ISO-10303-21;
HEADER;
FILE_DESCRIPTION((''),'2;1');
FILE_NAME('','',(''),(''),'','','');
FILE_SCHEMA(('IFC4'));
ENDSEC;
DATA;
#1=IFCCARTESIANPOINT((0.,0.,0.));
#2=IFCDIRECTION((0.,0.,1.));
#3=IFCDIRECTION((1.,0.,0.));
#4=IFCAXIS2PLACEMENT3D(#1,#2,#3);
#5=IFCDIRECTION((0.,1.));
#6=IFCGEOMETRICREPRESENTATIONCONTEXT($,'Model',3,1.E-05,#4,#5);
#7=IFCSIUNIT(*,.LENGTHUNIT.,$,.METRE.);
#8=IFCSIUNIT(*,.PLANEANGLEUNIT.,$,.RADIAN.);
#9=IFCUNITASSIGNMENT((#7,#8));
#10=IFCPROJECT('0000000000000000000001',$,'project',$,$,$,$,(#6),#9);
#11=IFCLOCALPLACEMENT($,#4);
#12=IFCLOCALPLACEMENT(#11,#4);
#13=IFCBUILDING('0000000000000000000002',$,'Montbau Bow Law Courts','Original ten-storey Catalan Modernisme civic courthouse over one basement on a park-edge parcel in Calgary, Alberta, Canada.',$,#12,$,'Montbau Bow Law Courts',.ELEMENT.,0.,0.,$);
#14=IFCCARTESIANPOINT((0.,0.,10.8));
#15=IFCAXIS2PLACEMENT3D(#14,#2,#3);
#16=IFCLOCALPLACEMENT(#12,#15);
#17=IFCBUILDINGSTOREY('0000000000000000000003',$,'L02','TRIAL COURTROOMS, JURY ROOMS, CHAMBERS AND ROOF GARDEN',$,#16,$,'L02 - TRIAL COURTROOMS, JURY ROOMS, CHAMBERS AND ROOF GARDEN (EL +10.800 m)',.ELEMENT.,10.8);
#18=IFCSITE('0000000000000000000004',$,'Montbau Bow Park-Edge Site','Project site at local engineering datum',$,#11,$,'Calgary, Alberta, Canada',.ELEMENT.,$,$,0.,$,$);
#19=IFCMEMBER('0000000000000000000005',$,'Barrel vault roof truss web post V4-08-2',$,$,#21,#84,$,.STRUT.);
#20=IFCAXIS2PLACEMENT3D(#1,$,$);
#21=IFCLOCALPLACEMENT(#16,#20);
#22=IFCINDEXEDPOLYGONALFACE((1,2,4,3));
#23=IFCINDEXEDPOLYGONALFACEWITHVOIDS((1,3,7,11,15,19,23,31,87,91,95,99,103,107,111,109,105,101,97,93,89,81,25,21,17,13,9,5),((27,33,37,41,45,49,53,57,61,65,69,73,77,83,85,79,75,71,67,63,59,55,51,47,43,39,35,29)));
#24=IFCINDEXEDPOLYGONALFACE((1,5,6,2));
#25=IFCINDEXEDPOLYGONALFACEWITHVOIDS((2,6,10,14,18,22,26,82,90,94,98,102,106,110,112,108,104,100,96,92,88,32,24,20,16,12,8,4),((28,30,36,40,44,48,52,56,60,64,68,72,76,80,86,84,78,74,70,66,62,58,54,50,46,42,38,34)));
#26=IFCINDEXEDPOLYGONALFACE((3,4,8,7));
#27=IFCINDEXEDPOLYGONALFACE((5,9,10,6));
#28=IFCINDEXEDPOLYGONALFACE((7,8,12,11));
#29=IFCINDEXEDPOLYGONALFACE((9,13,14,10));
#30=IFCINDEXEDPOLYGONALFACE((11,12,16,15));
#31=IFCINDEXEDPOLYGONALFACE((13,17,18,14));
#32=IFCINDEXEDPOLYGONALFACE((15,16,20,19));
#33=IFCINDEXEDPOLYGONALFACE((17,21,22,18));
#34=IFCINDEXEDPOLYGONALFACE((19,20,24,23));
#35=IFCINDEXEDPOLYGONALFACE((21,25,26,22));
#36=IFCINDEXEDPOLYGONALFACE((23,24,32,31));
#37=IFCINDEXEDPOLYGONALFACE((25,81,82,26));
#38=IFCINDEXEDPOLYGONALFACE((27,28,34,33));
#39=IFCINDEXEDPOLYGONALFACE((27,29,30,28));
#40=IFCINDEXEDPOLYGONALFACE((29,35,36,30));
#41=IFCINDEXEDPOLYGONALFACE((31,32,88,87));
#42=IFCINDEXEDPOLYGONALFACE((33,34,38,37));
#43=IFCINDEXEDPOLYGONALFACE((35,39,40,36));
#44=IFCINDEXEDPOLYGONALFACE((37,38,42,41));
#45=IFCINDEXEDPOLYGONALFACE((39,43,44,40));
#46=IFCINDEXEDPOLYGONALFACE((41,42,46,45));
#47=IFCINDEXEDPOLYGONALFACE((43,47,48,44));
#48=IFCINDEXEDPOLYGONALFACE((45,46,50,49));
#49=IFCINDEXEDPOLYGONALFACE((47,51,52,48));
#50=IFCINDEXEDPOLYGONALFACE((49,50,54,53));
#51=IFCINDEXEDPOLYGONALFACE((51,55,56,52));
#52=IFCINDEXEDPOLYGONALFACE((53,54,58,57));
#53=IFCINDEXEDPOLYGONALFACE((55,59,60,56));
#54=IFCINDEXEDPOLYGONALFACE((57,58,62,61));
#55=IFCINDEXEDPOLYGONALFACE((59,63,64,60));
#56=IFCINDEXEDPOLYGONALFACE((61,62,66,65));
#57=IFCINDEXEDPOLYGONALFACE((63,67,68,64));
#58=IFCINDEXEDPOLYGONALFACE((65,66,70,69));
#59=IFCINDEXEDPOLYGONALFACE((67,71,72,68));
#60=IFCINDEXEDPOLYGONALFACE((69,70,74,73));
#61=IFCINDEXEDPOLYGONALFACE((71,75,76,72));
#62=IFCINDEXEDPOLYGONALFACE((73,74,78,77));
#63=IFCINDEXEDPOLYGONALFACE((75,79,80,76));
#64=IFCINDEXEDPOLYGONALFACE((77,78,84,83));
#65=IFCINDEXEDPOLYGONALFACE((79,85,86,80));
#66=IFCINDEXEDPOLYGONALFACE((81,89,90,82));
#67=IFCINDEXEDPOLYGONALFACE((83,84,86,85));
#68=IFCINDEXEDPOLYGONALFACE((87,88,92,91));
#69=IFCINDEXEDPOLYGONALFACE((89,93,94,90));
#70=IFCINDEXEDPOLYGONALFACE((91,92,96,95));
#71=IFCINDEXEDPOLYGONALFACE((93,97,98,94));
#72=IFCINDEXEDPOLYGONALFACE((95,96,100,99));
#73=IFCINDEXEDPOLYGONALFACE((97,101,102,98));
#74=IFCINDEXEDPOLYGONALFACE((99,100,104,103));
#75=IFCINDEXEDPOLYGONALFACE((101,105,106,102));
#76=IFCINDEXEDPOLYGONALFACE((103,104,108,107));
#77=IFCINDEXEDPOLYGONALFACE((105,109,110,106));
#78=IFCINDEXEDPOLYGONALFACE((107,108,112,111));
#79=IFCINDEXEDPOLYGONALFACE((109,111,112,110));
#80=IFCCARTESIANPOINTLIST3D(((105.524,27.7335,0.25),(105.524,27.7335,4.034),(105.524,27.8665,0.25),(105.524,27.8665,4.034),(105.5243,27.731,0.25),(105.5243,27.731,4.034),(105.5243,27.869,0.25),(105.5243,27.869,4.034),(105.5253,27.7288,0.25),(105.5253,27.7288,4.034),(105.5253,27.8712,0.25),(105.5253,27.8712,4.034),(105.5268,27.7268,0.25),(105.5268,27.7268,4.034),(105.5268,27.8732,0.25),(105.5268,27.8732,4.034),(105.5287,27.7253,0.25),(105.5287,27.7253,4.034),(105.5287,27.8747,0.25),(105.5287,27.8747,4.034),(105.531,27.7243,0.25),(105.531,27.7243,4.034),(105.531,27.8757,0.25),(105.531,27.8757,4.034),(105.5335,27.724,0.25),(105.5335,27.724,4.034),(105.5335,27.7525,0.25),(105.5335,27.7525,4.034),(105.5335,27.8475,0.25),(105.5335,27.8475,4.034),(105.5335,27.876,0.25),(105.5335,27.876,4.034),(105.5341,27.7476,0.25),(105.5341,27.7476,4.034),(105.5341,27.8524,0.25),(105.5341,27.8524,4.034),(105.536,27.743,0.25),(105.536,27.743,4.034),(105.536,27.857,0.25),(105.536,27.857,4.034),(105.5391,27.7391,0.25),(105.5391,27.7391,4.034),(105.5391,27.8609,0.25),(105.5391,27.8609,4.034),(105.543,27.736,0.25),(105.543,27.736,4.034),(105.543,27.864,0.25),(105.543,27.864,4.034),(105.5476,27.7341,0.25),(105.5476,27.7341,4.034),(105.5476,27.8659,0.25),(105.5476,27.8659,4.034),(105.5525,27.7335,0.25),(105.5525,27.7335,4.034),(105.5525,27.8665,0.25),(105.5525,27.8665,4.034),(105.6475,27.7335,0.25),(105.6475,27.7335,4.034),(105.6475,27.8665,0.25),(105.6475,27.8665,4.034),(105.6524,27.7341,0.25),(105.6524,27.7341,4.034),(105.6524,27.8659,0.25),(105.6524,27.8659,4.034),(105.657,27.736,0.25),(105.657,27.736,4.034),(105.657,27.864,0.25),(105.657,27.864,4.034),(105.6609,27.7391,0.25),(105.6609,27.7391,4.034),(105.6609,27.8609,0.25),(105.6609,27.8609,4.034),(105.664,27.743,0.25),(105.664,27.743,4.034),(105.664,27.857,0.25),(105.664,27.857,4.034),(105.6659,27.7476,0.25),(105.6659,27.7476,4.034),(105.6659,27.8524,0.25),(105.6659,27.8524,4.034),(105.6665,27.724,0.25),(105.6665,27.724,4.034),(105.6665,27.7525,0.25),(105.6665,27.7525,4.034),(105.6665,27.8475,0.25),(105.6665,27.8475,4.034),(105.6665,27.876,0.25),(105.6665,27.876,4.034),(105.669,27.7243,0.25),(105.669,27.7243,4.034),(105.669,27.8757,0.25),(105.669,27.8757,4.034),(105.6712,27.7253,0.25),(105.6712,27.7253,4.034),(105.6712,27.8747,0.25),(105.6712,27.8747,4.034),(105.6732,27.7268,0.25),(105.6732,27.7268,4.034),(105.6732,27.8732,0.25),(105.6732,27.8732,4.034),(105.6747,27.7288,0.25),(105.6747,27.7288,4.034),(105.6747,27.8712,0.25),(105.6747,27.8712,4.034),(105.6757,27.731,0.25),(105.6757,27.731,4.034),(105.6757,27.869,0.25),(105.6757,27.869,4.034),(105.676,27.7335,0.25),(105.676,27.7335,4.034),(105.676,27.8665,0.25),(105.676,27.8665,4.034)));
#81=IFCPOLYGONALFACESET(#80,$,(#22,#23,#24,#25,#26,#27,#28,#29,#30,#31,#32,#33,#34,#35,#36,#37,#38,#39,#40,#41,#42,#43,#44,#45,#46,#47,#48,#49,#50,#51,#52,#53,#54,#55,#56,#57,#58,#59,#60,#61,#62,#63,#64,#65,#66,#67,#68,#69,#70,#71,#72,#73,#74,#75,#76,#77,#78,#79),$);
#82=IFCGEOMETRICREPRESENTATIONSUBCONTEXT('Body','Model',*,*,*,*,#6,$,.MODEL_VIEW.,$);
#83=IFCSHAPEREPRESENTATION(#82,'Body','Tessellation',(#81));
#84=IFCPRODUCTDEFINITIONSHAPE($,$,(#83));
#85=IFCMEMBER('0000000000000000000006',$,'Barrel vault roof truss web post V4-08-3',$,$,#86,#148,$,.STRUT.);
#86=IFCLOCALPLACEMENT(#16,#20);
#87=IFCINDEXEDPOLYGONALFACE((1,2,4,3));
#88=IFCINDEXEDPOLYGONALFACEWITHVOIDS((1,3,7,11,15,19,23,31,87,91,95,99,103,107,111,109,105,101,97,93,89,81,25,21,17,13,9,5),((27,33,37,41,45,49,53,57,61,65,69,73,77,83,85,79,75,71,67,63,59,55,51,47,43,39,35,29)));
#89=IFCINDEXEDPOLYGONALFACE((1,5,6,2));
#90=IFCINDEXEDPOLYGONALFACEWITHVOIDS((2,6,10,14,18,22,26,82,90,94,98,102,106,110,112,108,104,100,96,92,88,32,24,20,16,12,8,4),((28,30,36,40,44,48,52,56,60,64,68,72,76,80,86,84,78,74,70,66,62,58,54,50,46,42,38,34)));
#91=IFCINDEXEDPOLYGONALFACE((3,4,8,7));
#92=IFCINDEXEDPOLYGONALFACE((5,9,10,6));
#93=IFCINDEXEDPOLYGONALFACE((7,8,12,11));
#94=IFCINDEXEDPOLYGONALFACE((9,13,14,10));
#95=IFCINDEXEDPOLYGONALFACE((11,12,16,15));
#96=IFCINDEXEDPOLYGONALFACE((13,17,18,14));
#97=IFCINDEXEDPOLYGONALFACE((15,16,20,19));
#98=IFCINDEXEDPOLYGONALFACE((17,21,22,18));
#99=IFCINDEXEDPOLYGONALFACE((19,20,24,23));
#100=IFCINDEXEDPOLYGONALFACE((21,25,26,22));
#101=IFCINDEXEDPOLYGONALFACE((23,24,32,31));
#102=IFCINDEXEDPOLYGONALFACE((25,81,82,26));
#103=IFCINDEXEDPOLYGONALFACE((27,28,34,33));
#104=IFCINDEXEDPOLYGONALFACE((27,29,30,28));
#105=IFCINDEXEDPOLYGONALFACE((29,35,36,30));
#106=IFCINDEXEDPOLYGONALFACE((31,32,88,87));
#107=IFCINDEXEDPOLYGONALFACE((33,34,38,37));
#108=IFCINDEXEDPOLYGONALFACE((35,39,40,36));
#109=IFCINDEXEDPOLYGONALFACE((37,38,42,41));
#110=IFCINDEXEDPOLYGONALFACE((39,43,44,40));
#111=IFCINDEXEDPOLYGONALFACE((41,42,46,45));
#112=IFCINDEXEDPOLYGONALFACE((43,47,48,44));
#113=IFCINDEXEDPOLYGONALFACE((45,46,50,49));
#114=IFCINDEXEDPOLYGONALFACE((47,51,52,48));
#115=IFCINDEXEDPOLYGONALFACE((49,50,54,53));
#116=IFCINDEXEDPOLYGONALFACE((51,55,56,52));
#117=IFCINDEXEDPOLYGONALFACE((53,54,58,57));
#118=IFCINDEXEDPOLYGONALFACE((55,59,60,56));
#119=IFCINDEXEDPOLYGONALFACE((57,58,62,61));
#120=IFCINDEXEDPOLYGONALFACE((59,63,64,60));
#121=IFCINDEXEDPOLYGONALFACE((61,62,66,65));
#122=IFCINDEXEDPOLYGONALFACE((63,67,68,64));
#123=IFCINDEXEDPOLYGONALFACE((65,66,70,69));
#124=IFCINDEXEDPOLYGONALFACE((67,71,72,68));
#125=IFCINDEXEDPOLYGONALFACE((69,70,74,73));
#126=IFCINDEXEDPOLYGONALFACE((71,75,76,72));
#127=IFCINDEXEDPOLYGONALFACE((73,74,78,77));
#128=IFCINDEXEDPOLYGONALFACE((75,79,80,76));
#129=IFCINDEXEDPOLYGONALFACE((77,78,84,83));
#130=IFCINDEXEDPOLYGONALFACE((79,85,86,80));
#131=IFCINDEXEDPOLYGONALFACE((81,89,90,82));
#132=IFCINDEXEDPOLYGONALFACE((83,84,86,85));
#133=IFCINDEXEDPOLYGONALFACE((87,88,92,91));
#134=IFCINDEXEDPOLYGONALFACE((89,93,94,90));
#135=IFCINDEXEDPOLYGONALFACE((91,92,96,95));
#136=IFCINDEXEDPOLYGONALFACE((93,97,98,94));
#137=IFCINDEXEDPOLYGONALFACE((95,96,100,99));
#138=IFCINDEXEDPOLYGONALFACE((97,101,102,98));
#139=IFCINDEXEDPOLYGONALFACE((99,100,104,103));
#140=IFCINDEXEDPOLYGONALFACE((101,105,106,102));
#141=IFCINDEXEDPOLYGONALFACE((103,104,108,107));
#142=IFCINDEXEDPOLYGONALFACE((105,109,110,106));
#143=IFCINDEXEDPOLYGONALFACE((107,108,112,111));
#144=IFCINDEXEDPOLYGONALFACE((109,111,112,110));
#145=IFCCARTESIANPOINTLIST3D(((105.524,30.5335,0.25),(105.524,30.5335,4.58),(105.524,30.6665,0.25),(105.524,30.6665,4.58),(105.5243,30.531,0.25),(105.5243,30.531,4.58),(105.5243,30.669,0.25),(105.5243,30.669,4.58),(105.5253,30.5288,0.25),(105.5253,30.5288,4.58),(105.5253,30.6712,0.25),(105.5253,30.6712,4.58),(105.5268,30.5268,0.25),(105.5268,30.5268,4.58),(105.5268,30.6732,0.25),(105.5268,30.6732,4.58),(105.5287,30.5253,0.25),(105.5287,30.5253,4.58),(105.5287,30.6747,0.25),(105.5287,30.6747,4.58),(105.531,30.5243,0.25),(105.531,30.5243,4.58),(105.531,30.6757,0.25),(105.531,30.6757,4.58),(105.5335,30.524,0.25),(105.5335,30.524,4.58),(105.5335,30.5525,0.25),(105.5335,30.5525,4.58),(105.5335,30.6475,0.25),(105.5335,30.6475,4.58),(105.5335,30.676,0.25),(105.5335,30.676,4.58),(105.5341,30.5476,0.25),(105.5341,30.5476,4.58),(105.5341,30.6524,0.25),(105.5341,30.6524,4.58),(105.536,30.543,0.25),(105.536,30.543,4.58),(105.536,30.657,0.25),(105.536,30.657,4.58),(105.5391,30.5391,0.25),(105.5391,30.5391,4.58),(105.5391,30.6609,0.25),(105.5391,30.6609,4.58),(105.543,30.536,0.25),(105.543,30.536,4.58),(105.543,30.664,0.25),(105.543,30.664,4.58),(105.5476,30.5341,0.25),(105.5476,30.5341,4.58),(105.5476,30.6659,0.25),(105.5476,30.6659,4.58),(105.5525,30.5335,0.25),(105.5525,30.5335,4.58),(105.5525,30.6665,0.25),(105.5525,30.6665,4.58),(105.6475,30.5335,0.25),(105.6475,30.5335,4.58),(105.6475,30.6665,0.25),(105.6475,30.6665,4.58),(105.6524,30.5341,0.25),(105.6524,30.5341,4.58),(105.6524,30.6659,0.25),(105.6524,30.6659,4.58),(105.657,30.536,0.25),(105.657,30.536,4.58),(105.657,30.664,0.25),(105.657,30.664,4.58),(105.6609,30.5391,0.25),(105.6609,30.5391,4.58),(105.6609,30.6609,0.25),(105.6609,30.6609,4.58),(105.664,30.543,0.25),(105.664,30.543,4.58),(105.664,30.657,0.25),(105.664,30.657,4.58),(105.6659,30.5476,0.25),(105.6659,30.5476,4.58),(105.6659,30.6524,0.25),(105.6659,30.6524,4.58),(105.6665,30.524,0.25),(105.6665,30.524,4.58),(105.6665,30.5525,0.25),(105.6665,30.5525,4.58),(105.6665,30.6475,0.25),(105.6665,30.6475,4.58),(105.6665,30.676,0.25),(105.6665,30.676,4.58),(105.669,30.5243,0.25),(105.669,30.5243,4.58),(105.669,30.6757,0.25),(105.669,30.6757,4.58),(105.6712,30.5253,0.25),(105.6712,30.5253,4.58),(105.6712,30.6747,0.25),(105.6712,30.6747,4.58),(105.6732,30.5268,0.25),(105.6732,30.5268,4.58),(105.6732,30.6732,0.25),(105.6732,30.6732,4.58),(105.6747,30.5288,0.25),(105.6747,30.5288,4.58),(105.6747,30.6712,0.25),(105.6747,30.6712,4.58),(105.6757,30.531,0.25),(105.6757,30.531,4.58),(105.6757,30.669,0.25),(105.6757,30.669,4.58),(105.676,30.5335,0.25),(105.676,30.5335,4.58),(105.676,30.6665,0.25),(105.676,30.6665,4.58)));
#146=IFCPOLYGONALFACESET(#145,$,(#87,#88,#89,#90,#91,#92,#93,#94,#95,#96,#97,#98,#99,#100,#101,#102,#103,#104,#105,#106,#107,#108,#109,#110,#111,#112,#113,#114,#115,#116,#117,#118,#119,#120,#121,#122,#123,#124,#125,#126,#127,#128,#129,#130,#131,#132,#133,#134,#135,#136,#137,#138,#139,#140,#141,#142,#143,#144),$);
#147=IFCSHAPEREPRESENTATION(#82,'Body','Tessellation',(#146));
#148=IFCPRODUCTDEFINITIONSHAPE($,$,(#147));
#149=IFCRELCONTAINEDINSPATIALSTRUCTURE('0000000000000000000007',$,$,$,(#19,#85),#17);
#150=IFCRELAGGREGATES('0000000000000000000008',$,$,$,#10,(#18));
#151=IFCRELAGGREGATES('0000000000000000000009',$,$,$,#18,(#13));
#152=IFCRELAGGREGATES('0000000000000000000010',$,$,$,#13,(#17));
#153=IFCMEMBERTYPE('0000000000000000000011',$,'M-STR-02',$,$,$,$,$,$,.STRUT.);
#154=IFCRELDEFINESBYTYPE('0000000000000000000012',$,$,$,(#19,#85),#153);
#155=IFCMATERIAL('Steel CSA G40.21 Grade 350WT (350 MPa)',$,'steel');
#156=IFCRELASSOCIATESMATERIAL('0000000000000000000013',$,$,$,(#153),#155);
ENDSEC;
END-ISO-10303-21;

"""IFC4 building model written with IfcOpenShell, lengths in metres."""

from ifc_helpers import new_model, si_unit, direction, frame, origin_with_axes, origin_2d_with_axis, place, context, subcontext, project, spatial, hollow_rectangle, extrude, material, material_profile, profile_set, type_object, element, save


model = new_model("IFC4")

# Units and contexts
model_context = context("Model", 3, precision=1e-05, world=origin_with_axes(), true_north=direction((0.0, 1.0)))
body_context = subcontext(model_context, "Body", "Model", "MODEL_VIEW")
ifc_project = project(units=[si_unit("LENGTHUNIT", "METRE"), si_unit("PLANEANGLEUNIT", "RADIAN")], contexts=[model_context])

# Site, building, storey
site_placement = place(None, origin_with_axes())
site = spatial("IfcSite", under=ifc_project, at=site_placement, Name="Montbau Bow Park-Edge Site", Description="Project site at local engineering datum", LongName="Calgary, Alberta, Canada", CompositionType="ELEMENT", RefElevation=0.0)
building_placement = place(site_placement, origin_with_axes())
building = spatial("IfcBuilding", under=site, at=building_placement, Name="Montbau Bow Law Courts", Description="Original ten-storey Catalan Modernisme civic courthouse over one basement on a park-edge parcel in Calgary, Alberta, Canada.", LongName="Montbau Bow Law Courts", CompositionType="ELEMENT", ElevationOfRefHeight=0.0, ElevationOfTerrain=0.0)
storey_placement = place(building_placement, frame((0.0, 0.0, 10.8), z_axis=(0.0, 0.0, 1.0), x_axis=(1.0, 0.0, 0.0)))
storey = spatial("IfcBuildingStorey", under=building, at=storey_placement, Name="L02", Description="TRIAL COURTROOMS, JURY ROOMS, CHAMBERS AND ROOF GARDEN", LongName="L02 - TRIAL COURTROOMS, JURY ROOMS, CHAMBERS AND ROOF GARDEN (EL +10.800 m)", CompositionType="ELEMENT", Elevation=10.8)

# Shared definitions
ifc_material_1 = material(Name="Steel CSA G40.21 Grade 350WT (350 MPa)", Category="steel")

# Members
ifc_material_profile_1 = material_profile(ifc_material_1, hollow_rectangle(XDim=0.152, YDim=0.152, WallThickness=0.0095, InnerFilletRadius=0.019, OuterFilletRadius=0.0095, at=origin_2d_with_axis()), Name="HSS152X152X9.5", Category="Main", Priority=0)
ifc_profile_set_1 = profile_set([ifc_material_profile_1], Name="Steel CSA G40.21 Grade 350WT (350 MPa)")
member_type_1 = type_object("IfcMemberType", Name="M-STR-02", PredefinedType="STRUT", material=ifc_profile_set_1)
member_1_placement = place(None, frame((105.6, 27.8, 11.05), z_axis=(0.0, 0.0, 1.0), x_axis=(1.0, 0.0, 0.0)))
element("IfcMember", 1, at=member_1_placement, inside=storey, type_object=member_type_1, Name="Barrel vault roof truss web post V4-08-2", PredefinedType="STRUT", context=body_context, shape_type="SweptSolid", body=[
    extrude(hollow_rectangle(XDim=0.152, YDim=0.152, WallThickness=0.0095, InnerFilletRadius=0.019, OuterFilletRadius=0.0095, at=origin_2d_with_axis()), origin_with_axes(), (0.0, 0.0, 1.0), 3.784),
])
member_2_placement = place(None, frame((105.6, 30.6, 11.05), z_axis=(0.0, 0.0, 1.0), x_axis=(1.0, 0.0, 0.0)))
element("IfcMember", 2, at=member_2_placement, inside=storey, type_object=member_type_1, Name="Barrel vault roof truss web post V4-08-3", PredefinedType="STRUT", context=body_context, shape_type="SweptSolid", body=[
    extrude(hollow_rectangle(XDim=0.152, YDim=0.152, WallThickness=0.0095, InnerFilletRadius=0.019, OuterFilletRadius=0.0095, at=origin_2d_with_axis()), origin_with_axes(), (0.0, 0.0, 1.0), 4.33),
])

save(model, "model.ifc")
